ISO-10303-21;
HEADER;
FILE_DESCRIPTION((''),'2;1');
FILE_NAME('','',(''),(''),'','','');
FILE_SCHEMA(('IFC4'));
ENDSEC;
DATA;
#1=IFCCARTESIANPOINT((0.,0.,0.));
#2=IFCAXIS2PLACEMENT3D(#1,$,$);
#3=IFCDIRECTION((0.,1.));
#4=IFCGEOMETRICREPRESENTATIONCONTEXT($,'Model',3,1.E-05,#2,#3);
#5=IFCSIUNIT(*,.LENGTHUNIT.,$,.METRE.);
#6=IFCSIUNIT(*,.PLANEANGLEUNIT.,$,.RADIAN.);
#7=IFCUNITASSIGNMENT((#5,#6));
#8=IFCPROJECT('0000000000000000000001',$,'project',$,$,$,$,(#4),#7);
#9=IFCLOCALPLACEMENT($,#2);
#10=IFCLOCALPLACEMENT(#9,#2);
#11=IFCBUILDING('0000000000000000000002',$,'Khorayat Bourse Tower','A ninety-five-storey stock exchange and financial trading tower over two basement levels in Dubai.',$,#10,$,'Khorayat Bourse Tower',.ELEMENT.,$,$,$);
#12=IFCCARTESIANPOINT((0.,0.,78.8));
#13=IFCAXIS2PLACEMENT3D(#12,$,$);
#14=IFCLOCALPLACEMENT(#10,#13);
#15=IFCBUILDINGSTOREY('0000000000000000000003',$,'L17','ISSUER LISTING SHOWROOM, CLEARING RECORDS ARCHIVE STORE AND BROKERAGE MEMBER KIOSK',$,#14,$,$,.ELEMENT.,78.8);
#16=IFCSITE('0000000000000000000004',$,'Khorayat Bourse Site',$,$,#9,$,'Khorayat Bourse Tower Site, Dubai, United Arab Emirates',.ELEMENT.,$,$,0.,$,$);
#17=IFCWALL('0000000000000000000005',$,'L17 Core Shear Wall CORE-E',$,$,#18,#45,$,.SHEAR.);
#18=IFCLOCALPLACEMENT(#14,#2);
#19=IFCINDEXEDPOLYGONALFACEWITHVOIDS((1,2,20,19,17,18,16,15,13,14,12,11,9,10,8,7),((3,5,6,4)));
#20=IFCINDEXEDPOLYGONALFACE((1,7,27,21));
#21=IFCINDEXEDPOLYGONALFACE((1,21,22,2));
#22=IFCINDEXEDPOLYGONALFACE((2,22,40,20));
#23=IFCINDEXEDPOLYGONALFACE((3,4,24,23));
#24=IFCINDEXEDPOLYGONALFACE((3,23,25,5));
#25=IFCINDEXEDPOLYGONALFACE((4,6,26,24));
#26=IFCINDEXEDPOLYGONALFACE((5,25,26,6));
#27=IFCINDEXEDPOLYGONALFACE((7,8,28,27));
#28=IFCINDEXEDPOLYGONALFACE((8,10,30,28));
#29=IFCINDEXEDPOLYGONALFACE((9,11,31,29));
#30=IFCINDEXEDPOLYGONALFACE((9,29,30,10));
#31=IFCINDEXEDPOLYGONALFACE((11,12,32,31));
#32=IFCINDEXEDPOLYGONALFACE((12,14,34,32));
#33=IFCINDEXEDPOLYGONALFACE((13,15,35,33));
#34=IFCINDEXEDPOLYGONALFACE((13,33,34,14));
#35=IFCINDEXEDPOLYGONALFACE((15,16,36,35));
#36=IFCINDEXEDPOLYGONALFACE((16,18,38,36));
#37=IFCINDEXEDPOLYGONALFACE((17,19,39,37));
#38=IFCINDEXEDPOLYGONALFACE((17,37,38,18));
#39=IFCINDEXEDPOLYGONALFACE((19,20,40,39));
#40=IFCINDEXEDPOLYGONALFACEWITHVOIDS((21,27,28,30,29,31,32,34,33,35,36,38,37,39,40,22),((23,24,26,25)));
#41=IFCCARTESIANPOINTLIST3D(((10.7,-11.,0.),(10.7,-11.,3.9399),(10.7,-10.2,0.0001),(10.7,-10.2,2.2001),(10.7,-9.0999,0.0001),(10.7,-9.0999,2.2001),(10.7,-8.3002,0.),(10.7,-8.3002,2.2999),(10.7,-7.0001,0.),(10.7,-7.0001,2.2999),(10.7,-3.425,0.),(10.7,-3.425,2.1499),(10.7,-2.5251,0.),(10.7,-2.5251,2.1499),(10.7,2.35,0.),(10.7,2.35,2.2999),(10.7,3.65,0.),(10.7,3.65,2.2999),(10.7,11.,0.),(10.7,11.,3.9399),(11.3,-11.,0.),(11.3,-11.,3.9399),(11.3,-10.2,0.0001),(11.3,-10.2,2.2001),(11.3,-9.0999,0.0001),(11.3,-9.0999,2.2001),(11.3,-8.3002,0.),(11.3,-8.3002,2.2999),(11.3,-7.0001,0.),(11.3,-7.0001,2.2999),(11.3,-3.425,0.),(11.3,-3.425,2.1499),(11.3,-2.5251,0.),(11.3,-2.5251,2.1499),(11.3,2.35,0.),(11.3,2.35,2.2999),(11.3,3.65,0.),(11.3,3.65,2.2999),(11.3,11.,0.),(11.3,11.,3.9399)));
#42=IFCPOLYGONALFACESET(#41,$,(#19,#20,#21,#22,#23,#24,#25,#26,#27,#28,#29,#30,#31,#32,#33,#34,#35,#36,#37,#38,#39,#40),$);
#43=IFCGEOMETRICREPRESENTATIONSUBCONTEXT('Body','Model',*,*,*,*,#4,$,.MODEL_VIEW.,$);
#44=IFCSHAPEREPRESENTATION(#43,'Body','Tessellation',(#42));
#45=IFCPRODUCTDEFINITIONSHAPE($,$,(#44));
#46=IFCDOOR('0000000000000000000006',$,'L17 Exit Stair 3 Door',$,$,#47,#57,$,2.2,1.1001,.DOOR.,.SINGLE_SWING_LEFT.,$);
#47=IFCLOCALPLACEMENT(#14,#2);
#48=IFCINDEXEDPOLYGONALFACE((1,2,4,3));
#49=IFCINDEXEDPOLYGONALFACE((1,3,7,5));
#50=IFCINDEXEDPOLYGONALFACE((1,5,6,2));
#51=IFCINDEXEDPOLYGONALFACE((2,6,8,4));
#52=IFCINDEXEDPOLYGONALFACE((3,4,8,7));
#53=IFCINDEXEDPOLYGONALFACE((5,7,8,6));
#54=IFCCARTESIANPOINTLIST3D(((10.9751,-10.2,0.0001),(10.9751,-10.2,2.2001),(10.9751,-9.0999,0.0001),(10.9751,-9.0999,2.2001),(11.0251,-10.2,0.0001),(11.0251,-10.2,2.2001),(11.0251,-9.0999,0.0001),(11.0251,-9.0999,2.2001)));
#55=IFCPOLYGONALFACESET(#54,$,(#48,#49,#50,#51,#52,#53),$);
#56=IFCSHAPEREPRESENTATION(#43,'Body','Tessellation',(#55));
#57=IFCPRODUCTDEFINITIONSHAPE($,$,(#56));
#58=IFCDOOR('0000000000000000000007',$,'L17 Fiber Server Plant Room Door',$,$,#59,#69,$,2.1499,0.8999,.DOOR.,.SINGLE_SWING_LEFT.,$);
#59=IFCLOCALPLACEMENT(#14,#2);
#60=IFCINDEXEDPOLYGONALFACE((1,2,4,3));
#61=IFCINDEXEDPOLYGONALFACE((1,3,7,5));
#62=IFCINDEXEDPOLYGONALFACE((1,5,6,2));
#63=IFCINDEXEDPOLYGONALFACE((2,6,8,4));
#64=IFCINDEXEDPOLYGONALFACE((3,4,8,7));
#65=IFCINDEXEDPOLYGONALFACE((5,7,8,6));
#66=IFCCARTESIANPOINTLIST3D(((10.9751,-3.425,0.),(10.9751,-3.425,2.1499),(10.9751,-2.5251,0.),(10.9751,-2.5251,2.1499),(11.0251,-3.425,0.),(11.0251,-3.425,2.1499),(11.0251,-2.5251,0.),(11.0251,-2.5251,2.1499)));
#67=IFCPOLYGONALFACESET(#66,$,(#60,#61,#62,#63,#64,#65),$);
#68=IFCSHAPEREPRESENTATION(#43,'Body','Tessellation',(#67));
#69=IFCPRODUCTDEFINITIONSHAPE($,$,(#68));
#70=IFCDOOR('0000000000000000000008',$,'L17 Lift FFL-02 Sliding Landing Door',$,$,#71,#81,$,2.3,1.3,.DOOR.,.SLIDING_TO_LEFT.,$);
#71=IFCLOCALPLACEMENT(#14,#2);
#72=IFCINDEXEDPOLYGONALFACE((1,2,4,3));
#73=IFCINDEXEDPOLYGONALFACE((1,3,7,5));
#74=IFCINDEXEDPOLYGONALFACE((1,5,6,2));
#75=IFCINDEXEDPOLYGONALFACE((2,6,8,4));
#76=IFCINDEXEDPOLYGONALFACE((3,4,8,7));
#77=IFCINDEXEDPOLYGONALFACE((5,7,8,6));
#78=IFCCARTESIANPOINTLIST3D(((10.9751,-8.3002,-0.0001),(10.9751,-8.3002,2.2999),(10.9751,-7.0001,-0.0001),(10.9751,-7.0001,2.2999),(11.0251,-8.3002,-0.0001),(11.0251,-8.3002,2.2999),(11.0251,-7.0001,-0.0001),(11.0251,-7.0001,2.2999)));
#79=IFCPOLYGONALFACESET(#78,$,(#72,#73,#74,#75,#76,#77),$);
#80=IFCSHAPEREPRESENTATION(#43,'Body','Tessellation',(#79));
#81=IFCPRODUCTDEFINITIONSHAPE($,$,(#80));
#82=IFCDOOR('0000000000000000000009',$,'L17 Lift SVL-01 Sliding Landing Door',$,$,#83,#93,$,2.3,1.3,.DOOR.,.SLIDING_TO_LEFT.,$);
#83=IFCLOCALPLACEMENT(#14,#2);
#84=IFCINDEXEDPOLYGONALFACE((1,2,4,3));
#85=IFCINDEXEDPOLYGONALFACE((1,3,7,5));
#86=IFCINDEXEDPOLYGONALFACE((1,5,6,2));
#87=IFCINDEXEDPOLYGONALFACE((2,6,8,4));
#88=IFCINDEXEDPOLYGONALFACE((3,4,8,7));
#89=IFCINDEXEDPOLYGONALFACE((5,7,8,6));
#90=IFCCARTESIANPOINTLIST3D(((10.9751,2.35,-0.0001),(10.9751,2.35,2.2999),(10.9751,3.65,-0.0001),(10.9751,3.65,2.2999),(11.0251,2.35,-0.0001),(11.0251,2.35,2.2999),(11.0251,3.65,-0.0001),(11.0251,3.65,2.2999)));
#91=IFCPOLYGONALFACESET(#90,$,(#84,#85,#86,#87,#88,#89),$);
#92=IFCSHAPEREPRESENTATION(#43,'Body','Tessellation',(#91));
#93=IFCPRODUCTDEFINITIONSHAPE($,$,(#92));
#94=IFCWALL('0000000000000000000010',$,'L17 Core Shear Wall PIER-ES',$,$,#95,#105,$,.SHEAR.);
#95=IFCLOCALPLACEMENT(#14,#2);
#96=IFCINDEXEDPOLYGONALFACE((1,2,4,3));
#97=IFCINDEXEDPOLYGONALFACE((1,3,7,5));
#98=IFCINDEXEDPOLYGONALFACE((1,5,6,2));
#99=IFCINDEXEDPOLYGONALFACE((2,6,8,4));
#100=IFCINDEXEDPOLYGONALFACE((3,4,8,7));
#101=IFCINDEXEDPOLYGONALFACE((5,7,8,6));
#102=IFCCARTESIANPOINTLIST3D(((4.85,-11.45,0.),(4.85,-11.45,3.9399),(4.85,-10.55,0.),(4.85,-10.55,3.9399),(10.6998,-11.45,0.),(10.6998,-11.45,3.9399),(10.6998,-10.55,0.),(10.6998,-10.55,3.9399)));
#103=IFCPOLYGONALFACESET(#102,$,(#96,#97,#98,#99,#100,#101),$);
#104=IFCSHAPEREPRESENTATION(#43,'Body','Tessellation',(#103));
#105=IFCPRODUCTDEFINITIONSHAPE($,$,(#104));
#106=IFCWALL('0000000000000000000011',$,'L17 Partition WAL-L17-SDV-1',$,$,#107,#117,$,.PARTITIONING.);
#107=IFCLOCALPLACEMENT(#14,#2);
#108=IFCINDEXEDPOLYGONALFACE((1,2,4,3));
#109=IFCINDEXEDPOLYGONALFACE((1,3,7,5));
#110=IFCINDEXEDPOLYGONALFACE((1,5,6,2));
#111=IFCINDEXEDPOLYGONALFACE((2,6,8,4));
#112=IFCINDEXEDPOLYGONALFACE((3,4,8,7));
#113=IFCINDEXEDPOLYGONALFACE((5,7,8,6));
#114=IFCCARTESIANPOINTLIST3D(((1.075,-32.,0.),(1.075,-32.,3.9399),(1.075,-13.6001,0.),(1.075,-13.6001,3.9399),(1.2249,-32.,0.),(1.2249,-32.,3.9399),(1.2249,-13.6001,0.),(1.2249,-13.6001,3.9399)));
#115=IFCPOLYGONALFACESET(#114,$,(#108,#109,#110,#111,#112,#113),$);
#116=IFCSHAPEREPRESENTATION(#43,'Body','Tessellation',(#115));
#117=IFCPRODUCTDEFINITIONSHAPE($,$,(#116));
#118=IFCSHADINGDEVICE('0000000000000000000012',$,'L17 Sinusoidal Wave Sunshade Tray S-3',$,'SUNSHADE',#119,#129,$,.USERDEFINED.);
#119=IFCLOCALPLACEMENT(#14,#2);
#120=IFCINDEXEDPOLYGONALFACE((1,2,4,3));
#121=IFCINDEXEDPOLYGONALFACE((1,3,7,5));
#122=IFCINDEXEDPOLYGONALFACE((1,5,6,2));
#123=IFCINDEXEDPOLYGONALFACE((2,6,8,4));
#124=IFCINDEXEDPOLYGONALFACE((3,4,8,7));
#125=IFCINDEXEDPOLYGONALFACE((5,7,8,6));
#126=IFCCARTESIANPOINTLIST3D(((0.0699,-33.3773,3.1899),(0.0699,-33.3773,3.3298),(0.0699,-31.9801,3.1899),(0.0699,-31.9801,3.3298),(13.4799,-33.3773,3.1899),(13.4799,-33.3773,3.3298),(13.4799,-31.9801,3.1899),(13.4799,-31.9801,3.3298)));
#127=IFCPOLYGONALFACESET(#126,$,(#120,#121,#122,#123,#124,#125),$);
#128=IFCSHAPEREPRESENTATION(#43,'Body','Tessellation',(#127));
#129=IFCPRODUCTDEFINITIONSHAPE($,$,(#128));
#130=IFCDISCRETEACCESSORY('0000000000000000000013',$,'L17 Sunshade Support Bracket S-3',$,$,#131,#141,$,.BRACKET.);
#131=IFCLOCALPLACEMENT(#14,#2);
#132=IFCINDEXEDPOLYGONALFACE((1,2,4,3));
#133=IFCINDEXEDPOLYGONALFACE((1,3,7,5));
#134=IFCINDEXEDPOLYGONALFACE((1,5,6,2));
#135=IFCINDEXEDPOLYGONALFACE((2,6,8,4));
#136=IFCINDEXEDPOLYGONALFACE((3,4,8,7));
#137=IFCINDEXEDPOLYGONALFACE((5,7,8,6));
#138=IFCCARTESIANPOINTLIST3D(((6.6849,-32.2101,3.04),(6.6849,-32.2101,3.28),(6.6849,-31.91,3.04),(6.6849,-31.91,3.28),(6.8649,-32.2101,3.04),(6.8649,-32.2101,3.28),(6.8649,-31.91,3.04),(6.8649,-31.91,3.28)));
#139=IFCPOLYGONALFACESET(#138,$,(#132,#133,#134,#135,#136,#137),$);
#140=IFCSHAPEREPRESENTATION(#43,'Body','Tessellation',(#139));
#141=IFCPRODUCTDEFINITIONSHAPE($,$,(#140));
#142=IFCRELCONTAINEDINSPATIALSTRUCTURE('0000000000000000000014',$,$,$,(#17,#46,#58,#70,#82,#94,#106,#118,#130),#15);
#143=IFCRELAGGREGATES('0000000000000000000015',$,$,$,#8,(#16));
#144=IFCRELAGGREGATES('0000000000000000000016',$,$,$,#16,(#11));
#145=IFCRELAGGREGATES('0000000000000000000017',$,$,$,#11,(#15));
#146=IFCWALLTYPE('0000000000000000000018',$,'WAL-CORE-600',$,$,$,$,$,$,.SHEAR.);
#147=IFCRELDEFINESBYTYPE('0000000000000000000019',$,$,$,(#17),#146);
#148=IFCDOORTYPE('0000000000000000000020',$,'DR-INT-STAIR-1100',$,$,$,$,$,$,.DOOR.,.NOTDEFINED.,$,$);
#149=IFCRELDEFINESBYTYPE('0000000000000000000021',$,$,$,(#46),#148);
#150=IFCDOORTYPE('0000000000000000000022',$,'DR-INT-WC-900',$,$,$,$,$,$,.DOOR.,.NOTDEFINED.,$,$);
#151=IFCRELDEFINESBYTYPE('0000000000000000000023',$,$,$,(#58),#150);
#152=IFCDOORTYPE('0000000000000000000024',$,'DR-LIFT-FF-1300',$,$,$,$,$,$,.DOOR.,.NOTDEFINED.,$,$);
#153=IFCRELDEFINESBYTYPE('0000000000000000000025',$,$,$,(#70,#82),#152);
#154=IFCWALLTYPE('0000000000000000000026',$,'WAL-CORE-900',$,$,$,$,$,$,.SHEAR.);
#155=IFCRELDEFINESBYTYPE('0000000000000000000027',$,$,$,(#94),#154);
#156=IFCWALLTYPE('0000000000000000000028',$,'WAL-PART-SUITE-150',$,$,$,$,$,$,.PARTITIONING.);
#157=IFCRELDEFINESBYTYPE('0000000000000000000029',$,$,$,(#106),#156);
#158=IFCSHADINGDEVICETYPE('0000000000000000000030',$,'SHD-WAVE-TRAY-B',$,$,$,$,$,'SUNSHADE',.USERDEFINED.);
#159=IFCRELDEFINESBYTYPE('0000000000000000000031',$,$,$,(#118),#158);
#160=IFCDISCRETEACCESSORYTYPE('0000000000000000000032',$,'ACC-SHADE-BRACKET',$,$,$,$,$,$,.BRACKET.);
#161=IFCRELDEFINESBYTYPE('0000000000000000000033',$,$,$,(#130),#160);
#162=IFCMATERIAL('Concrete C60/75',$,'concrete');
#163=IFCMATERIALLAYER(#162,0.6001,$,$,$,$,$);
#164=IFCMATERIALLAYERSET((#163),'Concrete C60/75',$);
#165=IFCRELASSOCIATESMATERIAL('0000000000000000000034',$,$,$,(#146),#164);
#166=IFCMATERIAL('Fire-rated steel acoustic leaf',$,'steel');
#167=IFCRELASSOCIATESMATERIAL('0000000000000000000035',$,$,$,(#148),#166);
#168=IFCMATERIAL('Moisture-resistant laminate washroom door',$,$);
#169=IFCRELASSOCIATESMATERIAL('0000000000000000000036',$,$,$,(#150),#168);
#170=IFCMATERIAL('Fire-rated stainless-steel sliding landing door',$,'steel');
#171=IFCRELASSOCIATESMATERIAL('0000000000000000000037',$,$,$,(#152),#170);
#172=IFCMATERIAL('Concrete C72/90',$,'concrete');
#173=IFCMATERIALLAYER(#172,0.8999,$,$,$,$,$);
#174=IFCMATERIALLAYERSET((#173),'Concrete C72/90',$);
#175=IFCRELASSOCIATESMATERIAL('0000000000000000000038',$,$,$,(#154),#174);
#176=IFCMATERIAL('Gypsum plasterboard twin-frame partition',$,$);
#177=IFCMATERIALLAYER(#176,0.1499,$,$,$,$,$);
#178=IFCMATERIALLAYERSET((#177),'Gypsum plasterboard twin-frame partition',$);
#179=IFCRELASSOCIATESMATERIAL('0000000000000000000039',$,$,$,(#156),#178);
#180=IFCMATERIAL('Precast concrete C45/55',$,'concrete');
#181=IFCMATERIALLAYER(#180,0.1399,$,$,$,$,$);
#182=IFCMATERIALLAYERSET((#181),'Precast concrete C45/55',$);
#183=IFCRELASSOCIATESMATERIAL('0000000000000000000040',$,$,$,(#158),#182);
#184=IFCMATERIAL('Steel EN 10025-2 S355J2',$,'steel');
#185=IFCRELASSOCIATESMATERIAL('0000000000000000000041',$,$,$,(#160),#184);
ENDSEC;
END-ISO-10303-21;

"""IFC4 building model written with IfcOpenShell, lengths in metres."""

from ifc_helpers import new_model, si_unit, direction, frame, frame_2d, origin, origin_2d, place, context, subcontext, project, spatial, rectangle, extrude, source, transform, mapped, material, layer, layer_set, type_object, element, fill, save


model = new_model("IFC4")

# Units and contexts
model_context = context("Model", 3, precision=1e-05, world=origin(), true_north=direction((0.0, 1.0)))
body_context = subcontext(model_context, "Body", "Model", "MODEL_VIEW")
ifc_project = project(units=[si_unit("LENGTHUNIT", "METRE"), si_unit("PLANEANGLEUNIT", "RADIAN")], contexts=[model_context])

# Site, building, storey
site_placement = place(None, origin())
site = spatial("IfcSite", under=ifc_project, at=site_placement, Name="Khorayat Bourse Site", LongName="Khorayat Bourse Tower Site, Dubai, United Arab Emirates", CompositionType="ELEMENT", RefElevation=0.0)
building_placement = place(site_placement, origin())
building = spatial("IfcBuilding", under=site, at=building_placement, Name="Khorayat Bourse Tower", Description="A ninety-five-storey stock exchange and financial trading tower over two basement levels in Dubai.", LongName="Khorayat Bourse Tower", CompositionType="ELEMENT")
storey_placement = place(building_placement, frame((0.0, 0.0, 78.8)))
storey = spatial("IfcBuildingStorey", under=building, at=storey_placement, Name="L17", Description="ISSUER LISTING SHOWROOM, CLEARING RECORDS ARCHIVE STORE AND BROKERAGE MEMBER KIOSK", CompositionType="ELEMENT", Elevation=78.8)

# Shared definitions
ifc_material_1 = material(Name="Concrete C72/90", Category="concrete")

# Shared definitions
ifc_material_2 = material(Name="Steel EN 10025-2 S355J2", Category="steel")

# Wall, openings, doors
ifc_material_3 = material(Name="Concrete C60/75", Category="concrete")
ifc_layer_1 = layer(ifc_material_3, 0.6001)
ifc_layer_set_1 = layer_set([ifc_layer_1], Name="Concrete C60/75")
wall_type_1 = type_object("IfcWallType", Name="WAL-CORE-600", PredefinedType="SHEAR", material=ifc_layer_set_1)
shared_shape_1 = source(origin(), body_context, "Body", "SweptSolid", [
    extrude(rectangle(XDim=22.0, YDim=0.6001, at=frame_2d((11.0, 0.0))), origin(), (0.0, 0.0, 1.0), 3.9399),
])
wall_1_placement = place(storey_placement, frame((11.0, -11.0, 0.0), z_axis=(0.0, 0.0, 1.0), x_axis=(0.0, 1.0, 0.0)))
wall_1 = element("IfcWall", 1, at=wall_1_placement, inside=storey, type_object=wall_type_1, Name="L17 Core Shear Wall CORE-E", PredefinedType="SHEAR", context=body_context, shape_type="MappedRepresentation", body=[
    mapped(shared_shape_1, transform((0.0, 0.0, 0.0), scale=1.0)),
])
shared_shape_2 = source(origin(), body_context, "Body", "SweptSolid", [
    extrude(rectangle(XDim=1.1001, YDim=2.2, at=frame_2d((0.55, 1.1001))), frame((0.0, 0.3101, 0.0), z_axis=(0.0, -1.0, 0.0), x_axis=(1.0, 0.0, 0.0)), (0.0, 0.0, 1.0), 0.6201),
])
opening_1_placement = place(wall_1_placement, frame((0.8, 0.0, 0.0)))
opening_1 = element("IfcOpeningElement", 2, at=opening_1_placement, cuts=wall_1, PredefinedType="OPENING", context=body_context, shape_type="MappedRepresentation", body=[
    mapped(shared_shape_2, transform((0.0, 0.0, 0.0), scale=1.0)),
])
shared_shape_3 = source(origin(), body_context, "Body", "SweptSolid", [
    extrude(rectangle(XDim=0.8999, YDim=2.1499, at=frame_2d((0.45, 1.075))), frame((0.0, 0.3101, 0.0), z_axis=(0.0, -1.0, 0.0), x_axis=(1.0, 0.0, 0.0)), (0.0, 0.0, 1.0), 0.6201),
])
opening_2_placement = place(wall_1_placement, frame((7.575, 0.0, 0.0)))
opening_2 = element("IfcOpeningElement", 3, at=opening_2_placement, cuts=wall_1, PredefinedType="OPENING", context=body_context, shape_type="MappedRepresentation", body=[
    mapped(shared_shape_3, transform((0.0, 0.0, 0.0), scale=1.0)),
])
shared_shape_4 = source(origin(), body_context, "Body", "SweptSolid", [
    extrude(rectangle(XDim=1.3, YDim=2.3, at=frame_2d((0.6499, 1.1499))), frame((0.0, 0.3101, 0.0), z_axis=(0.0, -1.0, 0.0), x_axis=(1.0, 0.0, 0.0)), (0.0, 0.0, 1.0), 0.6201),
])
opening_3_placement = place(wall_1_placement, frame((2.7, 0.0, 0.0)))
opening_3 = element("IfcOpeningElement", 4, at=opening_3_placement, cuts=wall_1, PredefinedType="OPENING", context=body_context, shape_type="MappedRepresentation", body=[
    mapped(shared_shape_4, transform((0.0, 0.0, 0.0), scale=1.0)),
])
opening_4_placement = place(wall_1_placement, frame((13.3501, 0.0, 0.0)))
opening_4 = element("IfcOpeningElement", 5, at=opening_4_placement, cuts=wall_1, PredefinedType="OPENING", context=body_context, shape_type="MappedRepresentation", body=[
    mapped(shared_shape_4, transform((0.0, 0.0, 0.0), scale=1.0)),
])
ifc_material_4 = material(Name="Fire-rated steel acoustic leaf", Category="steel")
door_type_1 = type_object("IfcDoorType", Name="DR-INT-STAIR-1100", OperationType="NOTDEFINED", PredefinedType="DOOR", material=ifc_material_4)
shared_shape_5 = source(origin(), body_context, "Body", "SweptSolid", [
    extrude(rectangle(XDim=1.1001, YDim=2.2, at=frame_2d((0.55, 1.1001))), frame((0.0, 0.0249, 0.0), z_axis=(0.0, -1.0, 0.0), x_axis=(1.0, 0.0, 0.0)), (0.0, 0.0, 1.0), 0.05),
])
door_1_placement = place(opening_1_placement, origin())
door_1 = element("IfcDoor", 6, at=door_1_placement, inside=storey, type_object=door_type_1, Name="L17 Exit Stair 3 Door", OperationType="SINGLE_SWING_LEFT", OverallHeight=2.2, OverallWidth=1.1001, PredefinedType="DOOR", context=body_context, shape_type="MappedRepresentation", body=[
    mapped(shared_shape_5, transform((0.0, 0.0, 0.0), scale=1.0)),
])
fill(opening_1, door_1)
ifc_material_5 = material(Name="Moisture-resistant laminate washroom door")
door_type_2 = type_object("IfcDoorType", Name="DR-INT-WC-900", OperationType="NOTDEFINED", PredefinedType="DOOR", material=ifc_material_5)
shared_shape_6 = source(origin(), body_context, "Body", "SweptSolid", [
    extrude(rectangle(XDim=0.8999, YDim=2.1499, at=frame_2d((0.45, 1.075))), frame((0.0, 0.0249, 0.0), z_axis=(0.0, -1.0, 0.0), x_axis=(1.0, 0.0, 0.0)), (0.0, 0.0, 1.0), 0.05),
])
door_2_placement = place(opening_2_placement, origin())
door_2 = element("IfcDoor", 7, at=door_2_placement, inside=storey, type_object=door_type_2, Name="L17 Fiber Server Plant Room Door", OperationType="SINGLE_SWING_LEFT", OverallHeight=2.1499, OverallWidth=0.8999, PredefinedType="DOOR", context=body_context, shape_type="MappedRepresentation", body=[
    mapped(shared_shape_6, transform((0.0, 0.0, 0.0), scale=1.0)),
])
fill(opening_2, door_2)
ifc_material_6 = material(Name="Fire-rated stainless-steel sliding landing door", Category="steel")
door_type_3 = type_object("IfcDoorType", Name="DR-LIFT-FF-1300", OperationType="NOTDEFINED", PredefinedType="DOOR", material=ifc_material_6)
shared_shape_7 = source(origin(), body_context, "Body", "SweptSolid", [
    extrude(rectangle(XDim=1.3, YDim=2.3, at=frame_2d((0.6499, 1.1499))), frame((0.0, 0.0249, 0.0), z_axis=(0.0, -1.0, 0.0), x_axis=(1.0, 0.0, 0.0)), (0.0, 0.0, 1.0), 0.05),
])
door_3_placement = place(opening_3_placement, origin())
door_3 = element("IfcDoor", 8, at=door_3_placement, inside=storey, type_object=door_type_3, Name="L17 Lift FFL-02 Sliding Landing Door", OperationType="SLIDING_TO_LEFT", OverallHeight=2.3, OverallWidth=1.3, PredefinedType="DOOR", context=body_context, shape_type="MappedRepresentation", body=[
    mapped(shared_shape_7, transform((0.0, 0.0, 0.0), scale=1.0)),
])
fill(opening_3, door_3)
door_4_placement = place(opening_4_placement, origin())
door_4 = element("IfcDoor", 9, at=door_4_placement, inside=storey, type_object=door_type_3, Name="L17 Lift SVL-01 Sliding Landing Door", OperationType="SLIDING_TO_LEFT", OverallHeight=2.3, OverallWidth=1.3, PredefinedType="DOOR", context=body_context, shape_type="MappedRepresentation", body=[
    mapped(shared_shape_7, transform((0.0, 0.0, 0.0), scale=1.0)),
])
fill(opening_4, door_4)

# Walls
ifc_layer_2 = layer(ifc_material_1, 0.8999)
ifc_layer_set_2 = layer_set([ifc_layer_2], Name="Concrete C72/90")
wall_type_2 = type_object("IfcWallType", Name="WAL-CORE-900", PredefinedType="SHEAR", material=ifc_layer_set_2)
shared_shape_8 = source(origin(), body_context, "Body", "SweptSolid", [
    extrude(rectangle(XDim=5.8499, YDim=0.8999, at=frame_2d((2.9248, 0.0))), origin(), (0.0, 0.0, 1.0), 3.9399),
])
wall_2_placement = place(storey_placement, frame((4.8501, -11.0, 0.0), z_axis=(0.0, 0.0, 1.0), x_axis=(1.0, 0.0, 0.0)))
element("IfcWall", 10, at=wall_2_placement, inside=storey, type_object=wall_type_2, Name="L17 Core Shear Wall PIER-ES", PredefinedType="SHEAR", context=body_context, shape_type="MappedRepresentation", body=[
    mapped(shared_shape_8, transform((0.0, 0.0, 0.0), scale=1.0)),
])
ifc_material_7 = material(Name="Gypsum plasterboard twin-frame partition")
ifc_layer_3 = layer(ifc_material_7, 0.1499)
ifc_layer_set_3 = layer_set([ifc_layer_3], Name="Gypsum plasterboard twin-frame partition")
wall_type_3 = type_object("IfcWallType", Name="WAL-PART-SUITE-150", PredefinedType="PARTITIONING", material=ifc_layer_set_3)
shared_shape_9 = source(origin(), body_context, "Body", "SweptSolid", [
    extrude(rectangle(XDim=18.3999, YDim=0.1499, at=frame_2d((9.2, 0.0))), origin(), (0.0, 0.0, 1.0), 3.9399),
])
wall_3_placement = place(storey_placement, frame((1.1499, -32.0, 0.0), z_axis=(0.0, 0.0, 1.0), x_axis=(0.0, 1.0, 0.0)))
element("IfcWall", 11, at=wall_3_placement, inside=storey, type_object=wall_type_3, Name="L17 Partition WAL-L17-SDV-1", PredefinedType="PARTITIONING", context=body_context, shape_type="MappedRepresentation", body=[
    mapped(shared_shape_9, transform((0.0, 0.0, 0.0), scale=1.0)),
])

# Shading device
ifc_material_8 = material(Name="Precast concrete C45/55", Category="concrete")
ifc_layer_4 = layer(ifc_material_8, 0.1399)
ifc_layer_set_4 = layer_set([ifc_layer_4], Name="Precast concrete C45/55")
shading_device_type = type_object("IfcShadingDeviceType", Name="SHD-WAVE-TRAY-B", ElementType="SUNSHADE", PredefinedType="USERDEFINED", material=ifc_layer_set_4)
shared_shape_10 = source(origin(), body_context, "Body", "SweptSolid", [
    extrude(rectangle(XDim=13.4099, YDim=1.3972, at=origin_2d()), origin(), (0.0, 0.0, 1.0), 0.1399),
])
shading_device_placement = place(storey_placement, frame((6.7749, -32.6787, 3.1899), z_axis=(0.0, 0.0, 1.0), x_axis=(1.0, 0.0, 0.0)))
element("IfcShadingDevice", 12, at=shading_device_placement, inside=storey, type_object=shading_device_type, Name="L17 Sinusoidal Wave Sunshade Tray S-3", ObjectType="SUNSHADE", PredefinedType="USERDEFINED", context=body_context, shape_type="MappedRepresentation", body=[
    mapped(shared_shape_10, transform((0.0, 0.0, 0.0), scale=1.0)),
])

# Discrete accessory
discrete_accessory_type = type_object("IfcDiscreteAccessoryType", Name="ACC-SHADE-BRACKET", PredefinedType="BRACKET", material=ifc_material_2)
shared_shape_11 = source(origin(), body_context, "Body", "SweptSolid", [
    extrude(rectangle(XDim=0.1799, YDim=0.3, at=origin_2d()), origin(), (0.0, 0.0, 1.0), 0.24),
])
discrete_accessory_placement = place(storey_placement, frame((6.7749, -32.0601, 3.04), z_axis=(0.0, 0.0, 1.0), x_axis=(1.0, 0.0, 0.0)))
element("IfcDiscreteAccessory", 13, at=discrete_accessory_placement, inside=storey, type_object=discrete_accessory_type, Name="L17 Sunshade Support Bracket S-3", PredefinedType="BRACKET", context=body_context, shape_type="MappedRepresentation", body=[
    mapped(shared_shape_11, transform((0.0, 0.0, 0.0), scale=1.0)),
])

save(model, "model.ifc")
